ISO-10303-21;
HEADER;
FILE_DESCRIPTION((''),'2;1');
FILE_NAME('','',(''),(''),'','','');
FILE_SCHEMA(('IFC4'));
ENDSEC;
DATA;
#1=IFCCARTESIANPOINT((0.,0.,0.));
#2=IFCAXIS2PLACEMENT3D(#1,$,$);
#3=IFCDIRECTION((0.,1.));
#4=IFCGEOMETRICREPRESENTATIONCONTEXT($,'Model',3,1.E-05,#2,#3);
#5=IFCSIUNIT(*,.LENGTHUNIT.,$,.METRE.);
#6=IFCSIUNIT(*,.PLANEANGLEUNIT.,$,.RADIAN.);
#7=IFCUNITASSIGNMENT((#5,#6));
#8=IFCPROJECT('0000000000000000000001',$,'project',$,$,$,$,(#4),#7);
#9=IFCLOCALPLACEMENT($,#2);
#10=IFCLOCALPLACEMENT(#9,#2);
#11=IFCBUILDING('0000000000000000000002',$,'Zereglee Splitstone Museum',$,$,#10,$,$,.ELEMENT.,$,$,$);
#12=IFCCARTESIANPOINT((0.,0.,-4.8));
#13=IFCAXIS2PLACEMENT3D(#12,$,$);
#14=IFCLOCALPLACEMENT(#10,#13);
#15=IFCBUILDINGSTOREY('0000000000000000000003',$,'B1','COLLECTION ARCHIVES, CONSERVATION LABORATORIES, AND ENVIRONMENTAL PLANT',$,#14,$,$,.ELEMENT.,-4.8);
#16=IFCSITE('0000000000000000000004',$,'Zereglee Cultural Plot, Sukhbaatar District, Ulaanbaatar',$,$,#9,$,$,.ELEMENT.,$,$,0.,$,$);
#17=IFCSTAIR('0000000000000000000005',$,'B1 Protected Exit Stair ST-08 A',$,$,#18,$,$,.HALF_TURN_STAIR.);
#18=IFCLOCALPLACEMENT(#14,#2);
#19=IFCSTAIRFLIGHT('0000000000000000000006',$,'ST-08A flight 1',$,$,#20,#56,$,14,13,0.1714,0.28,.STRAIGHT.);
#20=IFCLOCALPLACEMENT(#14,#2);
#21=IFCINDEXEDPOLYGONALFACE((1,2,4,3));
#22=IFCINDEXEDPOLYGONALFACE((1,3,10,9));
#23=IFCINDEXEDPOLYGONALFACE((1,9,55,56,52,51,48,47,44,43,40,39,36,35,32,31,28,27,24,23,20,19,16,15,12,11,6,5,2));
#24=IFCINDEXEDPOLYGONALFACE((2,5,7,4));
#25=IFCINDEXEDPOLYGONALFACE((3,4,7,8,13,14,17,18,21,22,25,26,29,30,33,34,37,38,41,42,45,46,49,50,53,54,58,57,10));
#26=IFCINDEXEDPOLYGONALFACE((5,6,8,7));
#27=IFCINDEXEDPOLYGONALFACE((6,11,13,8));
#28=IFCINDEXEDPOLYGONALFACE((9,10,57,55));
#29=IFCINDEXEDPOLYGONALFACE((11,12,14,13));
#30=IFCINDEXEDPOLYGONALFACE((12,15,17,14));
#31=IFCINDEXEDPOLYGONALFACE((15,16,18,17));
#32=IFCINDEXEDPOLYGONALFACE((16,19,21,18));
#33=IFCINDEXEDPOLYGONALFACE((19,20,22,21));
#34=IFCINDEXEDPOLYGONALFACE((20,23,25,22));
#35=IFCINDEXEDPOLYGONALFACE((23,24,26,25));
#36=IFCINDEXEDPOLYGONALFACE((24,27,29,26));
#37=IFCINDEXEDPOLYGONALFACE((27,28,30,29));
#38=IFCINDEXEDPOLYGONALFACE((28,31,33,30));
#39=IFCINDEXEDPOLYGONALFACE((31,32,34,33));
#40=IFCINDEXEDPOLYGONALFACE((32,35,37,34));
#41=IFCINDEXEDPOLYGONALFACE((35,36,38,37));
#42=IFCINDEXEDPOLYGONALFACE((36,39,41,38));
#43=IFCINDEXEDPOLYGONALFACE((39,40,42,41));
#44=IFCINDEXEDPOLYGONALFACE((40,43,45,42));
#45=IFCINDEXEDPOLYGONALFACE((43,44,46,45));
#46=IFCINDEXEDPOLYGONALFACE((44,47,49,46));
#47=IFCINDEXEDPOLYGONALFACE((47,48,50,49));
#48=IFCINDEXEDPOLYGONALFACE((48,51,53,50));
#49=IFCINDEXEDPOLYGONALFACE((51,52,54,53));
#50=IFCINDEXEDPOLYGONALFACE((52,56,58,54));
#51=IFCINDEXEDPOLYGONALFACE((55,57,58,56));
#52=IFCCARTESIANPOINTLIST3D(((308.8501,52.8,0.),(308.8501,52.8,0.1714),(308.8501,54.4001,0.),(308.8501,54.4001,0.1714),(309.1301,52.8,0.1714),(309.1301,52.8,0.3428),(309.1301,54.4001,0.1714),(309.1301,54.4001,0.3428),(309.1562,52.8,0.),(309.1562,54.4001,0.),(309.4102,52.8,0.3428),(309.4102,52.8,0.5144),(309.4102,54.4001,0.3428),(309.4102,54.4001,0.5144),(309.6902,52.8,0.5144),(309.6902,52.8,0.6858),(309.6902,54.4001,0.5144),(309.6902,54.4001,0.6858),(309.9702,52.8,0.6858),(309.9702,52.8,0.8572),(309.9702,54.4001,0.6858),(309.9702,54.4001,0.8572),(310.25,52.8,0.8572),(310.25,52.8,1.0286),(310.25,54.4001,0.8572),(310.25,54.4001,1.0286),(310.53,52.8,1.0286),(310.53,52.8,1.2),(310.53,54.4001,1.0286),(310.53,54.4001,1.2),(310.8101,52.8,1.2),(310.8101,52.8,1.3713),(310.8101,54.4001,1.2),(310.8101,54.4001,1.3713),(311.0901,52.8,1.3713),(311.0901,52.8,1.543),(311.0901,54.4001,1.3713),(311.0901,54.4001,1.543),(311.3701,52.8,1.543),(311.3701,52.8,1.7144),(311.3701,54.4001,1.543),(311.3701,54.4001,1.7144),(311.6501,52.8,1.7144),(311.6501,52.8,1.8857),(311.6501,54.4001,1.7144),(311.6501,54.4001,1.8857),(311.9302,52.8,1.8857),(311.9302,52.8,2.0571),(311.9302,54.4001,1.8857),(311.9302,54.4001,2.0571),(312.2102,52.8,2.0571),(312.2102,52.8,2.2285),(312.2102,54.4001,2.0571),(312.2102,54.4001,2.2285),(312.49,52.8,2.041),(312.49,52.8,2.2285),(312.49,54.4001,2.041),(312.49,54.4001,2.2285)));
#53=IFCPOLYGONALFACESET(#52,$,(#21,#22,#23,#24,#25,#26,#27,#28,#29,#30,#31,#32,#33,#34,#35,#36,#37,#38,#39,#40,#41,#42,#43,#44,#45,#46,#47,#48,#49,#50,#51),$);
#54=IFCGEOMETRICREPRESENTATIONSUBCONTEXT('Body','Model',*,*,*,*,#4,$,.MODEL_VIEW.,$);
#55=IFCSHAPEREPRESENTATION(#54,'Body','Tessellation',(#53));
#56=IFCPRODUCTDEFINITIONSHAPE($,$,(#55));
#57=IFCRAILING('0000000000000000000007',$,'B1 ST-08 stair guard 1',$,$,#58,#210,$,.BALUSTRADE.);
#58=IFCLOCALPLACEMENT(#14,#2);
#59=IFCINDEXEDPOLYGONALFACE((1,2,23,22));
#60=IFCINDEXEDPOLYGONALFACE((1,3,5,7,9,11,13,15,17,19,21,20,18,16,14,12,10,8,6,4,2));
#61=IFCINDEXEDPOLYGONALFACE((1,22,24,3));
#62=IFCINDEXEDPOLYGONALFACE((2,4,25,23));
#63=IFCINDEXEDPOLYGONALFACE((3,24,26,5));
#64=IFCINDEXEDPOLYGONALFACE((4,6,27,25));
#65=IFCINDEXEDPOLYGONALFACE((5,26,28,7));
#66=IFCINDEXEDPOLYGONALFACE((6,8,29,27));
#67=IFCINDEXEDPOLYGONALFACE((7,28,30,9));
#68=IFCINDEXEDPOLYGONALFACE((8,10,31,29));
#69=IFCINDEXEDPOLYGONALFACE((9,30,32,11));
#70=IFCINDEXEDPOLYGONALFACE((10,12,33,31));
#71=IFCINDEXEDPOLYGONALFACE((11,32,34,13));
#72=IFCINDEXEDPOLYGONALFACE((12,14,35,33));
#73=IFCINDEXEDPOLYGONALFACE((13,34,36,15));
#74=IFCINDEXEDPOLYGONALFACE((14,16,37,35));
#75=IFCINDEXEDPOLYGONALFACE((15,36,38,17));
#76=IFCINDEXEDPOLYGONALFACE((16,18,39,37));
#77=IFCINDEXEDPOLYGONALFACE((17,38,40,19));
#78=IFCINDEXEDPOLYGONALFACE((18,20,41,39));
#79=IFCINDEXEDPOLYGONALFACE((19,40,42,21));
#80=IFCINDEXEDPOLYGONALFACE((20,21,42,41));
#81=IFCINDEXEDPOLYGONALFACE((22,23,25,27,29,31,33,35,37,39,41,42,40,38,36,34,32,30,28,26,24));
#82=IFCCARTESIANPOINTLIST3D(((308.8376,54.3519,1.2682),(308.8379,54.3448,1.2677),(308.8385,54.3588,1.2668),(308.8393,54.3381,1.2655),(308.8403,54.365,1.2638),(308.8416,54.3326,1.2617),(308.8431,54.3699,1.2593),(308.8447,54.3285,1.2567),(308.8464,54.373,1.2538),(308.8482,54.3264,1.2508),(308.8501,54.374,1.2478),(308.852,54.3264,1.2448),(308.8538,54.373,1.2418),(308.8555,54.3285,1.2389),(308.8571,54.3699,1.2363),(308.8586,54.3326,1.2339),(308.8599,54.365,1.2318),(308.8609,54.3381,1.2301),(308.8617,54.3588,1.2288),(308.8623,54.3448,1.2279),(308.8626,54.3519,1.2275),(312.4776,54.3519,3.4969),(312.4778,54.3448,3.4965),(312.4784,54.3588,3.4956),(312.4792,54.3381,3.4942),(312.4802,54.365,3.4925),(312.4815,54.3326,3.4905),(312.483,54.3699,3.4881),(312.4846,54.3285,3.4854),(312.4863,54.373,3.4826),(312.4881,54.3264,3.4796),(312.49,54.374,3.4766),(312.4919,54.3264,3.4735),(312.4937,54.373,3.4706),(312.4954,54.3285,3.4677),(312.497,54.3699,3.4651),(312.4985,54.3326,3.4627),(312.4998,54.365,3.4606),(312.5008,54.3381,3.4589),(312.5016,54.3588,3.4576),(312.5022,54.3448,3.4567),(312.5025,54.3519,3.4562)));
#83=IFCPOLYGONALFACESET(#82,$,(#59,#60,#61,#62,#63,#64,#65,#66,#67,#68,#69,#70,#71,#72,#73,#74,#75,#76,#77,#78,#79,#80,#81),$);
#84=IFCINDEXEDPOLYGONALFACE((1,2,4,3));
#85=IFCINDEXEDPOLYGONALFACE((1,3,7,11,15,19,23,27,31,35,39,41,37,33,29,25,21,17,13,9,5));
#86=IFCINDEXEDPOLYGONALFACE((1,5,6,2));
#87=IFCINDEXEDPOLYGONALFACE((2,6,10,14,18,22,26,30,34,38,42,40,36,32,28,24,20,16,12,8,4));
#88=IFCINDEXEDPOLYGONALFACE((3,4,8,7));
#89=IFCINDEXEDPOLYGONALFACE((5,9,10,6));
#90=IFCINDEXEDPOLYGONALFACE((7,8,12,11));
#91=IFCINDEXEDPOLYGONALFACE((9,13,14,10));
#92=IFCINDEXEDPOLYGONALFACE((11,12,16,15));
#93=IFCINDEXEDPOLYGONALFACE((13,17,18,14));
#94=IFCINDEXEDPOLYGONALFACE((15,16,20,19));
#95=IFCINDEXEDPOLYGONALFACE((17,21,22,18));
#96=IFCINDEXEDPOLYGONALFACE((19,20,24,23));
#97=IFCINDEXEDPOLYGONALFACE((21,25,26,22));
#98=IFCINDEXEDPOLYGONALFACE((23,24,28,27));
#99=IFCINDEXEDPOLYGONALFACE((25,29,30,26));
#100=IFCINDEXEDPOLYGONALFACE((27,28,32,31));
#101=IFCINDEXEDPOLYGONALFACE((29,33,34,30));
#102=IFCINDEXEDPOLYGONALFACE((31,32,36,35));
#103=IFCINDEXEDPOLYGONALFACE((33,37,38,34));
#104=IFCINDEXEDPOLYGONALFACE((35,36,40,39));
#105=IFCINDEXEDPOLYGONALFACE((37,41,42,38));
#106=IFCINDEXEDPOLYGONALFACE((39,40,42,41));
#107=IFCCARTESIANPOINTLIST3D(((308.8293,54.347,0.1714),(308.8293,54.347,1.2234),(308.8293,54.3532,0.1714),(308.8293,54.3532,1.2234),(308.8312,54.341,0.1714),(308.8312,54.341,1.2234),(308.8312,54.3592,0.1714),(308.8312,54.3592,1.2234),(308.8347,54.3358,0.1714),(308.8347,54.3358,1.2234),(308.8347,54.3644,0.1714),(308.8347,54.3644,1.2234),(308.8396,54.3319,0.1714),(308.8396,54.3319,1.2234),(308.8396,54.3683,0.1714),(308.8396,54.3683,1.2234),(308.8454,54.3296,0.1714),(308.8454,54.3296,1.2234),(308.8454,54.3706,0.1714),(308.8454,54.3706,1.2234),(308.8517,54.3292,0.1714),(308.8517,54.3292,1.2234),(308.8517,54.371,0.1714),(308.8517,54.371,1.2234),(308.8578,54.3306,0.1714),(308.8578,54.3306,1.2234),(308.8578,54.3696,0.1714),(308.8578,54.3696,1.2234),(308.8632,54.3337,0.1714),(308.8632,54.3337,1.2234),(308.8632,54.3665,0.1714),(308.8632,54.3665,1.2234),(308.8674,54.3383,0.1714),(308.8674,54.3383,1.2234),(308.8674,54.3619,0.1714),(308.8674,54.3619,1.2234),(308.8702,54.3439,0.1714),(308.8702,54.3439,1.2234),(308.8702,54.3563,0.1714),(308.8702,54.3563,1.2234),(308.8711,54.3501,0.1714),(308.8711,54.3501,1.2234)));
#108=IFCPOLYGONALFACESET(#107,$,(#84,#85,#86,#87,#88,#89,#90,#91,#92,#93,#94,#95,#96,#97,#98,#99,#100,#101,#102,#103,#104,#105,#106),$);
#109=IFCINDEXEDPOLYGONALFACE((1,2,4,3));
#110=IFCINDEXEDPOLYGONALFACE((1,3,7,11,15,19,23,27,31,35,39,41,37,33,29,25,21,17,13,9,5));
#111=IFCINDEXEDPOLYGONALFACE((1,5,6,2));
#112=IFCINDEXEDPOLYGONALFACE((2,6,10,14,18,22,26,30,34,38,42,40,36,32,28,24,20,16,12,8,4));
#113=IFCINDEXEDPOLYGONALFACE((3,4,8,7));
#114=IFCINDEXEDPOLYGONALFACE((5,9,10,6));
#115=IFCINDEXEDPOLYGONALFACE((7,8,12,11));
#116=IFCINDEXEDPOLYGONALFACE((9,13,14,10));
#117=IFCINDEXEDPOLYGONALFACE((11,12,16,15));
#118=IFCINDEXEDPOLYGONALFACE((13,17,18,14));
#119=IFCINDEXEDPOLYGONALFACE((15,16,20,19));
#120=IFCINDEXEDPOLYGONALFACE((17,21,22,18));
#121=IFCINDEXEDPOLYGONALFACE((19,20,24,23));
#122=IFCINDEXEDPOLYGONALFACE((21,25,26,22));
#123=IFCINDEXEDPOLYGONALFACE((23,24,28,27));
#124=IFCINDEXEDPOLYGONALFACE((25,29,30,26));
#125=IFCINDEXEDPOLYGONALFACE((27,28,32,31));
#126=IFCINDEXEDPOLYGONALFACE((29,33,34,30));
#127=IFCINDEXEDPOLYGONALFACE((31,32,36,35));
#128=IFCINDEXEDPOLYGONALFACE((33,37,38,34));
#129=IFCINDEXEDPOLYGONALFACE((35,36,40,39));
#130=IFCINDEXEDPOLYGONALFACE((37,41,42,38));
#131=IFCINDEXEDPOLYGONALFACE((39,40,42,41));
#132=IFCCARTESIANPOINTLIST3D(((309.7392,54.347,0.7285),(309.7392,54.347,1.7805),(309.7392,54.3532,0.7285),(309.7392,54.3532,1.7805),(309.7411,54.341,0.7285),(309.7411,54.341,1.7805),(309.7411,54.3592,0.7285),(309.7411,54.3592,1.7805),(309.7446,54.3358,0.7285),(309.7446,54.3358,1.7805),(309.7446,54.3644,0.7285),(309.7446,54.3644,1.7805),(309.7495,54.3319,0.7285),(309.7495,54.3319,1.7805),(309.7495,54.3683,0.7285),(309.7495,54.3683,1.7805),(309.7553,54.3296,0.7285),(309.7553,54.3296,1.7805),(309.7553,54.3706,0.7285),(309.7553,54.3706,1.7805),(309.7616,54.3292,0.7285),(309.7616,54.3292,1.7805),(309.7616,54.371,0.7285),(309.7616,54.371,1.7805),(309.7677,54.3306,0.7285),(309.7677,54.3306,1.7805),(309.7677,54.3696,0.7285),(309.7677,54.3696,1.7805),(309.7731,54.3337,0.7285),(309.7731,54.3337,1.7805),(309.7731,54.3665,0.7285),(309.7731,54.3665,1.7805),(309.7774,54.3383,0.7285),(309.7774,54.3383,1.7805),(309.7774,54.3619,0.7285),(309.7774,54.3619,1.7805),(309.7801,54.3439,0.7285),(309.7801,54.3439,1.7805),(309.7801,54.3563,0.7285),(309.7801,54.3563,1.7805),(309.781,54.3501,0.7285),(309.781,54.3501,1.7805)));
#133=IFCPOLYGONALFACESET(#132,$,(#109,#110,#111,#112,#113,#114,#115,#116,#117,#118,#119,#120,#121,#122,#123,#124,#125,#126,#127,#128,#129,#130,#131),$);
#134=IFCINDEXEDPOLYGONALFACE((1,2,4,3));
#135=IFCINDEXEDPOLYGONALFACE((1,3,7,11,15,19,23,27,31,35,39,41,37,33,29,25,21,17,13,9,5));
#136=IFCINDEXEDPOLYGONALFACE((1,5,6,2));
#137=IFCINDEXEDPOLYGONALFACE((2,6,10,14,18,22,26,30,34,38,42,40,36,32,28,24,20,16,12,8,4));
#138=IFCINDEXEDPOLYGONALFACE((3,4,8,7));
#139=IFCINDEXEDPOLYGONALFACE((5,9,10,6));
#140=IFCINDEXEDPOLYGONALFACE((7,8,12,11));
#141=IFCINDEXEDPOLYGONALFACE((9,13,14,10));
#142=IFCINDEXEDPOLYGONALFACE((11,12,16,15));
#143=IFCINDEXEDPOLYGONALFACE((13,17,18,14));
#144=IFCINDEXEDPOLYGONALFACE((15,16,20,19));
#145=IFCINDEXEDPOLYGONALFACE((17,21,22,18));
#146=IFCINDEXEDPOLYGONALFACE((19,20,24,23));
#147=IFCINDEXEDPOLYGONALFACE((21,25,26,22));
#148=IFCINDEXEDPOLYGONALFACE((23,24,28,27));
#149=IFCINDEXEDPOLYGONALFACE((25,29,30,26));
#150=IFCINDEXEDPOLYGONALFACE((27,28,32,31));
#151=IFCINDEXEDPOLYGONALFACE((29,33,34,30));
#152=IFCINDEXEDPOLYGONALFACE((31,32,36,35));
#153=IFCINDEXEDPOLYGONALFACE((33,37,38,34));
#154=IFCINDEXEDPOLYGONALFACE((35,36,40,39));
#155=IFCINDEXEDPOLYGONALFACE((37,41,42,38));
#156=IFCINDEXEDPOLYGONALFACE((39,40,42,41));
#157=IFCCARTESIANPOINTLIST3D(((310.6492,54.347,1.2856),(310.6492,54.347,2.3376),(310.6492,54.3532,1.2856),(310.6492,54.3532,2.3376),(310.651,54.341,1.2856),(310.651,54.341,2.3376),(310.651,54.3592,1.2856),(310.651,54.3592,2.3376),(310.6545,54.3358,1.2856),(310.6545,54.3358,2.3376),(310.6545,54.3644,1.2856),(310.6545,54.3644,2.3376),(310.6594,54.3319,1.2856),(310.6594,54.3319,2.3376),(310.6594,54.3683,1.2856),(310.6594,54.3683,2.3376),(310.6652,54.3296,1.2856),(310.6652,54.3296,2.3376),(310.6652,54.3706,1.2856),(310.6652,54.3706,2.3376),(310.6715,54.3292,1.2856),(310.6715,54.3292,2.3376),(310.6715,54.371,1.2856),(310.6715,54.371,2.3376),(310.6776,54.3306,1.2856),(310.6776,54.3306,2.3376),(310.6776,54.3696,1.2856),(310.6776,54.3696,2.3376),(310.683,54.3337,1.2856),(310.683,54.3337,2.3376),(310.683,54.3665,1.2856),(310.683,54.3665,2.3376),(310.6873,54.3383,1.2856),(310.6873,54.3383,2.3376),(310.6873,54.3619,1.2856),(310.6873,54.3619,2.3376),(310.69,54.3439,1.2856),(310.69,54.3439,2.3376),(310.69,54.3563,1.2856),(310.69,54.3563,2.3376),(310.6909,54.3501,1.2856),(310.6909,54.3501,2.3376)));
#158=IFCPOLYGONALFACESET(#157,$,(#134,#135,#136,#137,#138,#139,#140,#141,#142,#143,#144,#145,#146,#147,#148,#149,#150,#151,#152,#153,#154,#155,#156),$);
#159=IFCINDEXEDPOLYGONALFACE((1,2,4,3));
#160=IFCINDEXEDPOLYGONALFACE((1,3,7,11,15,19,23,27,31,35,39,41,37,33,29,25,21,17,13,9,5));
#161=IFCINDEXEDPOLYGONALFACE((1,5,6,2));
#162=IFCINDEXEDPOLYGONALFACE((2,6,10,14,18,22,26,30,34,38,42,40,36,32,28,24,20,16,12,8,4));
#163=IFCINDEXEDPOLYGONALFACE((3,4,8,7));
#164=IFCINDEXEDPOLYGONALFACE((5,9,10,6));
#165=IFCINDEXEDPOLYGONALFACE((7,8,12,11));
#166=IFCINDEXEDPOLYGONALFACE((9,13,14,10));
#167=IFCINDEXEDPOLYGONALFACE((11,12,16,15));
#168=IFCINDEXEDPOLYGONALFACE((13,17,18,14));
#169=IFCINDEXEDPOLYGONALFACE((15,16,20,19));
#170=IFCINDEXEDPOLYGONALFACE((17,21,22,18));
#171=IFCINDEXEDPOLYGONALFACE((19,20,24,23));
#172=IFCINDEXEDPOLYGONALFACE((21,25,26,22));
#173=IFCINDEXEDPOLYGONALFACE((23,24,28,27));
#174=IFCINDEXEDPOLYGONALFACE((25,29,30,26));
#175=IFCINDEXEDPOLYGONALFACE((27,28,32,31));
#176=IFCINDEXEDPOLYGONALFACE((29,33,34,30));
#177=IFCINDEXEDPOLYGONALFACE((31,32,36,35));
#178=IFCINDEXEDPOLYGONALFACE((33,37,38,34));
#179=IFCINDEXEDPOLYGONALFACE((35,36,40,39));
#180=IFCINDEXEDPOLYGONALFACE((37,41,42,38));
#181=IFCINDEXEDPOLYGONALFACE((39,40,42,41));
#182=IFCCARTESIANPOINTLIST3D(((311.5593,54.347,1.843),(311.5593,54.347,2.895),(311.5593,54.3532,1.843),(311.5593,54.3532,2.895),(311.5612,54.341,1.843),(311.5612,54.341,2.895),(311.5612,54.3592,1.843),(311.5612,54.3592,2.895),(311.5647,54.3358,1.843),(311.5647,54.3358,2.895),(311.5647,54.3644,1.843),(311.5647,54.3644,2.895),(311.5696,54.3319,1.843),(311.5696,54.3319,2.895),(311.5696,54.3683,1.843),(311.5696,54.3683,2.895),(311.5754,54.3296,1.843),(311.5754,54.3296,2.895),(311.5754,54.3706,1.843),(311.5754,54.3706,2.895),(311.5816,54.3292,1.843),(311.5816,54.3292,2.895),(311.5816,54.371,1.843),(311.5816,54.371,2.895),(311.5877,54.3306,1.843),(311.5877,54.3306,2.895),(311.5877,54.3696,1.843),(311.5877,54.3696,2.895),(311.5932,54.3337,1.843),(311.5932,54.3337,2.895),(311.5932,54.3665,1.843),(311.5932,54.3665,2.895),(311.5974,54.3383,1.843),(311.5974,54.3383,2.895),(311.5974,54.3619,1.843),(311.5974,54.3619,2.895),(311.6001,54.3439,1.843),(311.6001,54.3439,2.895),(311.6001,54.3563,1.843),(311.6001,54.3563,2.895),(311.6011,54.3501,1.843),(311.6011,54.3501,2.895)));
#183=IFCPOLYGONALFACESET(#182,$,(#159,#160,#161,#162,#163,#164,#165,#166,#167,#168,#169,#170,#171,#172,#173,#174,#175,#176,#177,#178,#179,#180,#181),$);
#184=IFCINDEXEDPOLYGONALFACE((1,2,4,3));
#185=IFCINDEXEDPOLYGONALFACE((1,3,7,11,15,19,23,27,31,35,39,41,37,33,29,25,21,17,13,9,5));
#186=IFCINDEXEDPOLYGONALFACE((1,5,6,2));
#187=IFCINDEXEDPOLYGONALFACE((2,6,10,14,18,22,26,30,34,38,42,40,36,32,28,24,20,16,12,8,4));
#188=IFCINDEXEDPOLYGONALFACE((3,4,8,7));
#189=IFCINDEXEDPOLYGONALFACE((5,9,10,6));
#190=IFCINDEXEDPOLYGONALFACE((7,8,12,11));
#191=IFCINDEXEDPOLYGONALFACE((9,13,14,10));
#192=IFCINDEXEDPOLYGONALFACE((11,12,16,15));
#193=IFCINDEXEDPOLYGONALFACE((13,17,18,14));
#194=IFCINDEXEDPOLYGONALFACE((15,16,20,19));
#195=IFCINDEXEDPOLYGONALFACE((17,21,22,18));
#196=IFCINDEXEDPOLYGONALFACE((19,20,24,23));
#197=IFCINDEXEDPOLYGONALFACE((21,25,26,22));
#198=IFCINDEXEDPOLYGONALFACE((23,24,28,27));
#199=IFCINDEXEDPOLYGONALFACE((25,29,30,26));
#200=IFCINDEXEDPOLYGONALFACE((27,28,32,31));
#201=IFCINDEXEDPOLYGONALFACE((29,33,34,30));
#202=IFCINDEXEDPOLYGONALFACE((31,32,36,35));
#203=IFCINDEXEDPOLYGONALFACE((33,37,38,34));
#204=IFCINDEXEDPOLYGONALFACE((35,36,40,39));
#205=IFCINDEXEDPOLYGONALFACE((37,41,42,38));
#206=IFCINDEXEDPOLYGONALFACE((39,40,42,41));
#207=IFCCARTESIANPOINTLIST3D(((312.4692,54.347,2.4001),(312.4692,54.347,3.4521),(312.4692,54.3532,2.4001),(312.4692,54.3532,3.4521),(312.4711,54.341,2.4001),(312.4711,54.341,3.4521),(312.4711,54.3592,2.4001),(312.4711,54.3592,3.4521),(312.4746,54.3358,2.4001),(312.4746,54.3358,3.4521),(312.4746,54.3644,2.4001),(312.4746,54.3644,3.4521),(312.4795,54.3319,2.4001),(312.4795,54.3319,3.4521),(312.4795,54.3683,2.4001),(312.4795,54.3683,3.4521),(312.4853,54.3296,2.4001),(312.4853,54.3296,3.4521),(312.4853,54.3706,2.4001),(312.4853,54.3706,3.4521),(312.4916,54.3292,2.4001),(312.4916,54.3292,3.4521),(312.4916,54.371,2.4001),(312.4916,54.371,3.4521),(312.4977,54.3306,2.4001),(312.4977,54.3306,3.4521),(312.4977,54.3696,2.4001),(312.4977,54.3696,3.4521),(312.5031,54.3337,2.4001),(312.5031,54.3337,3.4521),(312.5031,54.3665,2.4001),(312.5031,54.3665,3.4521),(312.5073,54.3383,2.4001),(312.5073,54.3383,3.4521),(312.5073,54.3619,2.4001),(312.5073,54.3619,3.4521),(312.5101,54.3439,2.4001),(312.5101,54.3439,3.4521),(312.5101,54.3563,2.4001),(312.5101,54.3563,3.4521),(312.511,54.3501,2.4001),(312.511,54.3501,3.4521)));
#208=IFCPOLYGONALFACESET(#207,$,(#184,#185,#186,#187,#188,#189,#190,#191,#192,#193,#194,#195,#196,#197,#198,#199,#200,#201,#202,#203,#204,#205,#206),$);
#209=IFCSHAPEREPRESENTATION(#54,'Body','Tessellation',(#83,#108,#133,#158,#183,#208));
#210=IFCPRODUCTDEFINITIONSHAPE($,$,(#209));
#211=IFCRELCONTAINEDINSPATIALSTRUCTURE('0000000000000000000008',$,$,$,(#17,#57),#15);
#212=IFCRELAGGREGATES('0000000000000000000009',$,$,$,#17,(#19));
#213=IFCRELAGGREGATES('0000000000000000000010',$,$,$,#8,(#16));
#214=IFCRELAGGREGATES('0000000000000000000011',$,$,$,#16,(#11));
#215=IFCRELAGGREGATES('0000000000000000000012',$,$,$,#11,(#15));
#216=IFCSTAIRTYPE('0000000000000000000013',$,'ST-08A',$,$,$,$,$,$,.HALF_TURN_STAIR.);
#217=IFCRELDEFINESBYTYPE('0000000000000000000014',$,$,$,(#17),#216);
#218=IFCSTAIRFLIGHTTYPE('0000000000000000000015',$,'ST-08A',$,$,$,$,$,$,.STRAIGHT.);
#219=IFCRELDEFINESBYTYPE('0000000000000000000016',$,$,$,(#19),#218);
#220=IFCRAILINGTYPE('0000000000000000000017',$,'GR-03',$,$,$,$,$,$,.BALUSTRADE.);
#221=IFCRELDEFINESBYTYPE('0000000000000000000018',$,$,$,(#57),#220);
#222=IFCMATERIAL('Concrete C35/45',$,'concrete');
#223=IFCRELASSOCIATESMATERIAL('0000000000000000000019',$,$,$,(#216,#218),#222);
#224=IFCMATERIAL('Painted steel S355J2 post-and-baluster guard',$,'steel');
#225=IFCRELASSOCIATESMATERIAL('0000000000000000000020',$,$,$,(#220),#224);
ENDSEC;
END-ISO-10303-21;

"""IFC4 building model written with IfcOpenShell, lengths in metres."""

from ifc_helpers import new_model, si_unit, direction, frame, origin, origin_2d, place, context, subcontext, project, spatial, polyline, circle, outline, extrude, material, type_object, element, aggregate, save


model = new_model("IFC4")

# Units and contexts
model_context = context("Model", 3, precision=1e-05, world=origin(), true_north=direction((0.0, 1.0)))
body_context = subcontext(model_context, "Body", "Model", "MODEL_VIEW")
ifc_project = project(units=[si_unit("LENGTHUNIT", "METRE"), si_unit("PLANEANGLEUNIT", "RADIAN")], contexts=[model_context])

# Site, building, storey
site_placement = place(None, origin())
site = spatial("IfcSite", under=ifc_project, at=site_placement, Name="Zereglee Cultural Plot, Sukhbaatar District, Ulaanbaatar", CompositionType="ELEMENT", RefElevation=0.0)
building_placement = place(site_placement, origin())
building = spatial("IfcBuilding", under=site, at=building_placement, Name="Zereglee Splitstone Museum", CompositionType="ELEMENT")
storey_placement = place(building_placement, frame((0.0, 0.0, -4.8)))
storey = spatial("IfcBuildingStorey", under=building, at=storey_placement, Name="B1", Description="COLLECTION ARCHIVES, CONSERVATION LABORATORIES, AND ENVIRONMENTAL PLANT", CompositionType="ELEMENT", Elevation=-4.8)

# Stair, stair flight
ifc_material_1 = material(Name="Concrete C35/45", Category="concrete")
stair_type = type_object("IfcStairType", Name="ST-08A", PredefinedType="HALF_TURN_STAIR", material=ifc_material_1)
stair_placement = place(storey_placement, origin())
stair = element("IfcStair", 1, at=stair_placement, inside=storey, type_object=stair_type, Name="B1 Protected Exit Stair ST-08 A", PredefinedType="HALF_TURN_STAIR")
stair_flight_type = type_object("IfcStairFlightType", Name="ST-08A", PredefinedType="STRAIGHT", material=ifc_material_1)
stair_flight_placement = place(storey_placement, frame((308.8501, 53.6001, 0.0), z_axis=(0.0, 0.0, 1.0), x_axis=(1.0, 0.0, 0.0)))
stair_flight = element("IfcStairFlight", 2, at=stair_flight_placement, type_object=stair_flight_type, Name="ST-08A flight 1", NumberOfRisers=14, NumberOfTreads=13, PredefinedType="STRAIGHT", RiserHeight=0.1714, TreadLength=0.28, context=body_context, shape_type="SweptSolid", body=[
    extrude(outline(polyline([(0.0, 0.0), (0.0, 0.1714), (0.28, 0.1714), (0.28, 0.3428), (0.5601, 0.3428), (0.5601, 0.5144), (0.8401, 0.5144), (0.8401, 0.6858), (1.1201, 0.6858), (1.1201, 0.8572), (1.3999, 0.8572), (1.3999, 1.0286), (1.6799, 1.0286), (1.6799, 1.2), (1.96, 1.2), (1.96, 1.3713), (2.24, 1.3713), (2.24, 1.543), (2.52, 1.543), (2.52, 1.7144), (2.8, 1.7144), (2.8, 1.8857), (3.0801, 1.8857), (3.0801, 2.0571), (3.3601, 2.0571), (3.3601, 2.2285), (3.6399, 2.2285), (3.6399, 2.3999), (3.6399, 2.041), (0.3062, 0.0), (0.0, 0.0)])), frame((0.0, 0.8, 0.0), z_axis=(0.0, -1.0, 0.0), x_axis=(1.0, 0.0, 0.0)), (0.0, 0.0, 1.0), 1.6001),
])
aggregate(stair, [stair_flight])

# Railing
ifc_material_2 = material(Name="Painted steel S355J2 post-and-baluster guard", Category="steel")
railing_type_1 = type_object("IfcRailingType", Name="GR-03", PredefinedType="BALUSTRADE", material=ifc_material_2)
railing_1_placement = place(storey_placement, frame((308.8501, 54.3501, 0.1714)))
element("IfcRailing", 3, at=railing_1_placement, inside=storey, type_object=railing_type_1, Name="B1 ST-08 stair guard 1", PredefinedType="BALUSTRADE", context=body_context, shape_type="SweptSolid", body=[
    extrude(circle(Radius=0.0239, at=origin_2d()), frame((0.0, 0.0, 1.0764), z_axis=(0.852825, 0.0, 0.522197), x_axis=(0.0, 1.0, 0.0)), (0.0, 0.0, 1.0), 4.2681),
    extrude(circle(Radius=0.021, at=origin_2d()), origin(), (0.0, 0.0, 1.0), 1.052),
    extrude(circle(Radius=0.021, at=origin_2d()), frame((0.9099, 0.0, 0.5571)), (0.0, 0.0, 1.0), 1.052),
    extrude(circle(Radius=0.021, at=origin_2d()), frame((1.8198, 0.0, 1.1143)), (0.0, 0.0, 1.0), 1.052),
    extrude(circle(Radius=0.021, at=origin_2d()), frame((2.73, 0.0, 1.6716)), (0.0, 0.0, 1.0), 1.052),
    extrude(circle(Radius=0.021, at=origin_2d()), frame((3.6399, 0.0, 2.2288)), (0.0, 0.0, 1.0), 1.052),
])

save(model, "model.ifc")
